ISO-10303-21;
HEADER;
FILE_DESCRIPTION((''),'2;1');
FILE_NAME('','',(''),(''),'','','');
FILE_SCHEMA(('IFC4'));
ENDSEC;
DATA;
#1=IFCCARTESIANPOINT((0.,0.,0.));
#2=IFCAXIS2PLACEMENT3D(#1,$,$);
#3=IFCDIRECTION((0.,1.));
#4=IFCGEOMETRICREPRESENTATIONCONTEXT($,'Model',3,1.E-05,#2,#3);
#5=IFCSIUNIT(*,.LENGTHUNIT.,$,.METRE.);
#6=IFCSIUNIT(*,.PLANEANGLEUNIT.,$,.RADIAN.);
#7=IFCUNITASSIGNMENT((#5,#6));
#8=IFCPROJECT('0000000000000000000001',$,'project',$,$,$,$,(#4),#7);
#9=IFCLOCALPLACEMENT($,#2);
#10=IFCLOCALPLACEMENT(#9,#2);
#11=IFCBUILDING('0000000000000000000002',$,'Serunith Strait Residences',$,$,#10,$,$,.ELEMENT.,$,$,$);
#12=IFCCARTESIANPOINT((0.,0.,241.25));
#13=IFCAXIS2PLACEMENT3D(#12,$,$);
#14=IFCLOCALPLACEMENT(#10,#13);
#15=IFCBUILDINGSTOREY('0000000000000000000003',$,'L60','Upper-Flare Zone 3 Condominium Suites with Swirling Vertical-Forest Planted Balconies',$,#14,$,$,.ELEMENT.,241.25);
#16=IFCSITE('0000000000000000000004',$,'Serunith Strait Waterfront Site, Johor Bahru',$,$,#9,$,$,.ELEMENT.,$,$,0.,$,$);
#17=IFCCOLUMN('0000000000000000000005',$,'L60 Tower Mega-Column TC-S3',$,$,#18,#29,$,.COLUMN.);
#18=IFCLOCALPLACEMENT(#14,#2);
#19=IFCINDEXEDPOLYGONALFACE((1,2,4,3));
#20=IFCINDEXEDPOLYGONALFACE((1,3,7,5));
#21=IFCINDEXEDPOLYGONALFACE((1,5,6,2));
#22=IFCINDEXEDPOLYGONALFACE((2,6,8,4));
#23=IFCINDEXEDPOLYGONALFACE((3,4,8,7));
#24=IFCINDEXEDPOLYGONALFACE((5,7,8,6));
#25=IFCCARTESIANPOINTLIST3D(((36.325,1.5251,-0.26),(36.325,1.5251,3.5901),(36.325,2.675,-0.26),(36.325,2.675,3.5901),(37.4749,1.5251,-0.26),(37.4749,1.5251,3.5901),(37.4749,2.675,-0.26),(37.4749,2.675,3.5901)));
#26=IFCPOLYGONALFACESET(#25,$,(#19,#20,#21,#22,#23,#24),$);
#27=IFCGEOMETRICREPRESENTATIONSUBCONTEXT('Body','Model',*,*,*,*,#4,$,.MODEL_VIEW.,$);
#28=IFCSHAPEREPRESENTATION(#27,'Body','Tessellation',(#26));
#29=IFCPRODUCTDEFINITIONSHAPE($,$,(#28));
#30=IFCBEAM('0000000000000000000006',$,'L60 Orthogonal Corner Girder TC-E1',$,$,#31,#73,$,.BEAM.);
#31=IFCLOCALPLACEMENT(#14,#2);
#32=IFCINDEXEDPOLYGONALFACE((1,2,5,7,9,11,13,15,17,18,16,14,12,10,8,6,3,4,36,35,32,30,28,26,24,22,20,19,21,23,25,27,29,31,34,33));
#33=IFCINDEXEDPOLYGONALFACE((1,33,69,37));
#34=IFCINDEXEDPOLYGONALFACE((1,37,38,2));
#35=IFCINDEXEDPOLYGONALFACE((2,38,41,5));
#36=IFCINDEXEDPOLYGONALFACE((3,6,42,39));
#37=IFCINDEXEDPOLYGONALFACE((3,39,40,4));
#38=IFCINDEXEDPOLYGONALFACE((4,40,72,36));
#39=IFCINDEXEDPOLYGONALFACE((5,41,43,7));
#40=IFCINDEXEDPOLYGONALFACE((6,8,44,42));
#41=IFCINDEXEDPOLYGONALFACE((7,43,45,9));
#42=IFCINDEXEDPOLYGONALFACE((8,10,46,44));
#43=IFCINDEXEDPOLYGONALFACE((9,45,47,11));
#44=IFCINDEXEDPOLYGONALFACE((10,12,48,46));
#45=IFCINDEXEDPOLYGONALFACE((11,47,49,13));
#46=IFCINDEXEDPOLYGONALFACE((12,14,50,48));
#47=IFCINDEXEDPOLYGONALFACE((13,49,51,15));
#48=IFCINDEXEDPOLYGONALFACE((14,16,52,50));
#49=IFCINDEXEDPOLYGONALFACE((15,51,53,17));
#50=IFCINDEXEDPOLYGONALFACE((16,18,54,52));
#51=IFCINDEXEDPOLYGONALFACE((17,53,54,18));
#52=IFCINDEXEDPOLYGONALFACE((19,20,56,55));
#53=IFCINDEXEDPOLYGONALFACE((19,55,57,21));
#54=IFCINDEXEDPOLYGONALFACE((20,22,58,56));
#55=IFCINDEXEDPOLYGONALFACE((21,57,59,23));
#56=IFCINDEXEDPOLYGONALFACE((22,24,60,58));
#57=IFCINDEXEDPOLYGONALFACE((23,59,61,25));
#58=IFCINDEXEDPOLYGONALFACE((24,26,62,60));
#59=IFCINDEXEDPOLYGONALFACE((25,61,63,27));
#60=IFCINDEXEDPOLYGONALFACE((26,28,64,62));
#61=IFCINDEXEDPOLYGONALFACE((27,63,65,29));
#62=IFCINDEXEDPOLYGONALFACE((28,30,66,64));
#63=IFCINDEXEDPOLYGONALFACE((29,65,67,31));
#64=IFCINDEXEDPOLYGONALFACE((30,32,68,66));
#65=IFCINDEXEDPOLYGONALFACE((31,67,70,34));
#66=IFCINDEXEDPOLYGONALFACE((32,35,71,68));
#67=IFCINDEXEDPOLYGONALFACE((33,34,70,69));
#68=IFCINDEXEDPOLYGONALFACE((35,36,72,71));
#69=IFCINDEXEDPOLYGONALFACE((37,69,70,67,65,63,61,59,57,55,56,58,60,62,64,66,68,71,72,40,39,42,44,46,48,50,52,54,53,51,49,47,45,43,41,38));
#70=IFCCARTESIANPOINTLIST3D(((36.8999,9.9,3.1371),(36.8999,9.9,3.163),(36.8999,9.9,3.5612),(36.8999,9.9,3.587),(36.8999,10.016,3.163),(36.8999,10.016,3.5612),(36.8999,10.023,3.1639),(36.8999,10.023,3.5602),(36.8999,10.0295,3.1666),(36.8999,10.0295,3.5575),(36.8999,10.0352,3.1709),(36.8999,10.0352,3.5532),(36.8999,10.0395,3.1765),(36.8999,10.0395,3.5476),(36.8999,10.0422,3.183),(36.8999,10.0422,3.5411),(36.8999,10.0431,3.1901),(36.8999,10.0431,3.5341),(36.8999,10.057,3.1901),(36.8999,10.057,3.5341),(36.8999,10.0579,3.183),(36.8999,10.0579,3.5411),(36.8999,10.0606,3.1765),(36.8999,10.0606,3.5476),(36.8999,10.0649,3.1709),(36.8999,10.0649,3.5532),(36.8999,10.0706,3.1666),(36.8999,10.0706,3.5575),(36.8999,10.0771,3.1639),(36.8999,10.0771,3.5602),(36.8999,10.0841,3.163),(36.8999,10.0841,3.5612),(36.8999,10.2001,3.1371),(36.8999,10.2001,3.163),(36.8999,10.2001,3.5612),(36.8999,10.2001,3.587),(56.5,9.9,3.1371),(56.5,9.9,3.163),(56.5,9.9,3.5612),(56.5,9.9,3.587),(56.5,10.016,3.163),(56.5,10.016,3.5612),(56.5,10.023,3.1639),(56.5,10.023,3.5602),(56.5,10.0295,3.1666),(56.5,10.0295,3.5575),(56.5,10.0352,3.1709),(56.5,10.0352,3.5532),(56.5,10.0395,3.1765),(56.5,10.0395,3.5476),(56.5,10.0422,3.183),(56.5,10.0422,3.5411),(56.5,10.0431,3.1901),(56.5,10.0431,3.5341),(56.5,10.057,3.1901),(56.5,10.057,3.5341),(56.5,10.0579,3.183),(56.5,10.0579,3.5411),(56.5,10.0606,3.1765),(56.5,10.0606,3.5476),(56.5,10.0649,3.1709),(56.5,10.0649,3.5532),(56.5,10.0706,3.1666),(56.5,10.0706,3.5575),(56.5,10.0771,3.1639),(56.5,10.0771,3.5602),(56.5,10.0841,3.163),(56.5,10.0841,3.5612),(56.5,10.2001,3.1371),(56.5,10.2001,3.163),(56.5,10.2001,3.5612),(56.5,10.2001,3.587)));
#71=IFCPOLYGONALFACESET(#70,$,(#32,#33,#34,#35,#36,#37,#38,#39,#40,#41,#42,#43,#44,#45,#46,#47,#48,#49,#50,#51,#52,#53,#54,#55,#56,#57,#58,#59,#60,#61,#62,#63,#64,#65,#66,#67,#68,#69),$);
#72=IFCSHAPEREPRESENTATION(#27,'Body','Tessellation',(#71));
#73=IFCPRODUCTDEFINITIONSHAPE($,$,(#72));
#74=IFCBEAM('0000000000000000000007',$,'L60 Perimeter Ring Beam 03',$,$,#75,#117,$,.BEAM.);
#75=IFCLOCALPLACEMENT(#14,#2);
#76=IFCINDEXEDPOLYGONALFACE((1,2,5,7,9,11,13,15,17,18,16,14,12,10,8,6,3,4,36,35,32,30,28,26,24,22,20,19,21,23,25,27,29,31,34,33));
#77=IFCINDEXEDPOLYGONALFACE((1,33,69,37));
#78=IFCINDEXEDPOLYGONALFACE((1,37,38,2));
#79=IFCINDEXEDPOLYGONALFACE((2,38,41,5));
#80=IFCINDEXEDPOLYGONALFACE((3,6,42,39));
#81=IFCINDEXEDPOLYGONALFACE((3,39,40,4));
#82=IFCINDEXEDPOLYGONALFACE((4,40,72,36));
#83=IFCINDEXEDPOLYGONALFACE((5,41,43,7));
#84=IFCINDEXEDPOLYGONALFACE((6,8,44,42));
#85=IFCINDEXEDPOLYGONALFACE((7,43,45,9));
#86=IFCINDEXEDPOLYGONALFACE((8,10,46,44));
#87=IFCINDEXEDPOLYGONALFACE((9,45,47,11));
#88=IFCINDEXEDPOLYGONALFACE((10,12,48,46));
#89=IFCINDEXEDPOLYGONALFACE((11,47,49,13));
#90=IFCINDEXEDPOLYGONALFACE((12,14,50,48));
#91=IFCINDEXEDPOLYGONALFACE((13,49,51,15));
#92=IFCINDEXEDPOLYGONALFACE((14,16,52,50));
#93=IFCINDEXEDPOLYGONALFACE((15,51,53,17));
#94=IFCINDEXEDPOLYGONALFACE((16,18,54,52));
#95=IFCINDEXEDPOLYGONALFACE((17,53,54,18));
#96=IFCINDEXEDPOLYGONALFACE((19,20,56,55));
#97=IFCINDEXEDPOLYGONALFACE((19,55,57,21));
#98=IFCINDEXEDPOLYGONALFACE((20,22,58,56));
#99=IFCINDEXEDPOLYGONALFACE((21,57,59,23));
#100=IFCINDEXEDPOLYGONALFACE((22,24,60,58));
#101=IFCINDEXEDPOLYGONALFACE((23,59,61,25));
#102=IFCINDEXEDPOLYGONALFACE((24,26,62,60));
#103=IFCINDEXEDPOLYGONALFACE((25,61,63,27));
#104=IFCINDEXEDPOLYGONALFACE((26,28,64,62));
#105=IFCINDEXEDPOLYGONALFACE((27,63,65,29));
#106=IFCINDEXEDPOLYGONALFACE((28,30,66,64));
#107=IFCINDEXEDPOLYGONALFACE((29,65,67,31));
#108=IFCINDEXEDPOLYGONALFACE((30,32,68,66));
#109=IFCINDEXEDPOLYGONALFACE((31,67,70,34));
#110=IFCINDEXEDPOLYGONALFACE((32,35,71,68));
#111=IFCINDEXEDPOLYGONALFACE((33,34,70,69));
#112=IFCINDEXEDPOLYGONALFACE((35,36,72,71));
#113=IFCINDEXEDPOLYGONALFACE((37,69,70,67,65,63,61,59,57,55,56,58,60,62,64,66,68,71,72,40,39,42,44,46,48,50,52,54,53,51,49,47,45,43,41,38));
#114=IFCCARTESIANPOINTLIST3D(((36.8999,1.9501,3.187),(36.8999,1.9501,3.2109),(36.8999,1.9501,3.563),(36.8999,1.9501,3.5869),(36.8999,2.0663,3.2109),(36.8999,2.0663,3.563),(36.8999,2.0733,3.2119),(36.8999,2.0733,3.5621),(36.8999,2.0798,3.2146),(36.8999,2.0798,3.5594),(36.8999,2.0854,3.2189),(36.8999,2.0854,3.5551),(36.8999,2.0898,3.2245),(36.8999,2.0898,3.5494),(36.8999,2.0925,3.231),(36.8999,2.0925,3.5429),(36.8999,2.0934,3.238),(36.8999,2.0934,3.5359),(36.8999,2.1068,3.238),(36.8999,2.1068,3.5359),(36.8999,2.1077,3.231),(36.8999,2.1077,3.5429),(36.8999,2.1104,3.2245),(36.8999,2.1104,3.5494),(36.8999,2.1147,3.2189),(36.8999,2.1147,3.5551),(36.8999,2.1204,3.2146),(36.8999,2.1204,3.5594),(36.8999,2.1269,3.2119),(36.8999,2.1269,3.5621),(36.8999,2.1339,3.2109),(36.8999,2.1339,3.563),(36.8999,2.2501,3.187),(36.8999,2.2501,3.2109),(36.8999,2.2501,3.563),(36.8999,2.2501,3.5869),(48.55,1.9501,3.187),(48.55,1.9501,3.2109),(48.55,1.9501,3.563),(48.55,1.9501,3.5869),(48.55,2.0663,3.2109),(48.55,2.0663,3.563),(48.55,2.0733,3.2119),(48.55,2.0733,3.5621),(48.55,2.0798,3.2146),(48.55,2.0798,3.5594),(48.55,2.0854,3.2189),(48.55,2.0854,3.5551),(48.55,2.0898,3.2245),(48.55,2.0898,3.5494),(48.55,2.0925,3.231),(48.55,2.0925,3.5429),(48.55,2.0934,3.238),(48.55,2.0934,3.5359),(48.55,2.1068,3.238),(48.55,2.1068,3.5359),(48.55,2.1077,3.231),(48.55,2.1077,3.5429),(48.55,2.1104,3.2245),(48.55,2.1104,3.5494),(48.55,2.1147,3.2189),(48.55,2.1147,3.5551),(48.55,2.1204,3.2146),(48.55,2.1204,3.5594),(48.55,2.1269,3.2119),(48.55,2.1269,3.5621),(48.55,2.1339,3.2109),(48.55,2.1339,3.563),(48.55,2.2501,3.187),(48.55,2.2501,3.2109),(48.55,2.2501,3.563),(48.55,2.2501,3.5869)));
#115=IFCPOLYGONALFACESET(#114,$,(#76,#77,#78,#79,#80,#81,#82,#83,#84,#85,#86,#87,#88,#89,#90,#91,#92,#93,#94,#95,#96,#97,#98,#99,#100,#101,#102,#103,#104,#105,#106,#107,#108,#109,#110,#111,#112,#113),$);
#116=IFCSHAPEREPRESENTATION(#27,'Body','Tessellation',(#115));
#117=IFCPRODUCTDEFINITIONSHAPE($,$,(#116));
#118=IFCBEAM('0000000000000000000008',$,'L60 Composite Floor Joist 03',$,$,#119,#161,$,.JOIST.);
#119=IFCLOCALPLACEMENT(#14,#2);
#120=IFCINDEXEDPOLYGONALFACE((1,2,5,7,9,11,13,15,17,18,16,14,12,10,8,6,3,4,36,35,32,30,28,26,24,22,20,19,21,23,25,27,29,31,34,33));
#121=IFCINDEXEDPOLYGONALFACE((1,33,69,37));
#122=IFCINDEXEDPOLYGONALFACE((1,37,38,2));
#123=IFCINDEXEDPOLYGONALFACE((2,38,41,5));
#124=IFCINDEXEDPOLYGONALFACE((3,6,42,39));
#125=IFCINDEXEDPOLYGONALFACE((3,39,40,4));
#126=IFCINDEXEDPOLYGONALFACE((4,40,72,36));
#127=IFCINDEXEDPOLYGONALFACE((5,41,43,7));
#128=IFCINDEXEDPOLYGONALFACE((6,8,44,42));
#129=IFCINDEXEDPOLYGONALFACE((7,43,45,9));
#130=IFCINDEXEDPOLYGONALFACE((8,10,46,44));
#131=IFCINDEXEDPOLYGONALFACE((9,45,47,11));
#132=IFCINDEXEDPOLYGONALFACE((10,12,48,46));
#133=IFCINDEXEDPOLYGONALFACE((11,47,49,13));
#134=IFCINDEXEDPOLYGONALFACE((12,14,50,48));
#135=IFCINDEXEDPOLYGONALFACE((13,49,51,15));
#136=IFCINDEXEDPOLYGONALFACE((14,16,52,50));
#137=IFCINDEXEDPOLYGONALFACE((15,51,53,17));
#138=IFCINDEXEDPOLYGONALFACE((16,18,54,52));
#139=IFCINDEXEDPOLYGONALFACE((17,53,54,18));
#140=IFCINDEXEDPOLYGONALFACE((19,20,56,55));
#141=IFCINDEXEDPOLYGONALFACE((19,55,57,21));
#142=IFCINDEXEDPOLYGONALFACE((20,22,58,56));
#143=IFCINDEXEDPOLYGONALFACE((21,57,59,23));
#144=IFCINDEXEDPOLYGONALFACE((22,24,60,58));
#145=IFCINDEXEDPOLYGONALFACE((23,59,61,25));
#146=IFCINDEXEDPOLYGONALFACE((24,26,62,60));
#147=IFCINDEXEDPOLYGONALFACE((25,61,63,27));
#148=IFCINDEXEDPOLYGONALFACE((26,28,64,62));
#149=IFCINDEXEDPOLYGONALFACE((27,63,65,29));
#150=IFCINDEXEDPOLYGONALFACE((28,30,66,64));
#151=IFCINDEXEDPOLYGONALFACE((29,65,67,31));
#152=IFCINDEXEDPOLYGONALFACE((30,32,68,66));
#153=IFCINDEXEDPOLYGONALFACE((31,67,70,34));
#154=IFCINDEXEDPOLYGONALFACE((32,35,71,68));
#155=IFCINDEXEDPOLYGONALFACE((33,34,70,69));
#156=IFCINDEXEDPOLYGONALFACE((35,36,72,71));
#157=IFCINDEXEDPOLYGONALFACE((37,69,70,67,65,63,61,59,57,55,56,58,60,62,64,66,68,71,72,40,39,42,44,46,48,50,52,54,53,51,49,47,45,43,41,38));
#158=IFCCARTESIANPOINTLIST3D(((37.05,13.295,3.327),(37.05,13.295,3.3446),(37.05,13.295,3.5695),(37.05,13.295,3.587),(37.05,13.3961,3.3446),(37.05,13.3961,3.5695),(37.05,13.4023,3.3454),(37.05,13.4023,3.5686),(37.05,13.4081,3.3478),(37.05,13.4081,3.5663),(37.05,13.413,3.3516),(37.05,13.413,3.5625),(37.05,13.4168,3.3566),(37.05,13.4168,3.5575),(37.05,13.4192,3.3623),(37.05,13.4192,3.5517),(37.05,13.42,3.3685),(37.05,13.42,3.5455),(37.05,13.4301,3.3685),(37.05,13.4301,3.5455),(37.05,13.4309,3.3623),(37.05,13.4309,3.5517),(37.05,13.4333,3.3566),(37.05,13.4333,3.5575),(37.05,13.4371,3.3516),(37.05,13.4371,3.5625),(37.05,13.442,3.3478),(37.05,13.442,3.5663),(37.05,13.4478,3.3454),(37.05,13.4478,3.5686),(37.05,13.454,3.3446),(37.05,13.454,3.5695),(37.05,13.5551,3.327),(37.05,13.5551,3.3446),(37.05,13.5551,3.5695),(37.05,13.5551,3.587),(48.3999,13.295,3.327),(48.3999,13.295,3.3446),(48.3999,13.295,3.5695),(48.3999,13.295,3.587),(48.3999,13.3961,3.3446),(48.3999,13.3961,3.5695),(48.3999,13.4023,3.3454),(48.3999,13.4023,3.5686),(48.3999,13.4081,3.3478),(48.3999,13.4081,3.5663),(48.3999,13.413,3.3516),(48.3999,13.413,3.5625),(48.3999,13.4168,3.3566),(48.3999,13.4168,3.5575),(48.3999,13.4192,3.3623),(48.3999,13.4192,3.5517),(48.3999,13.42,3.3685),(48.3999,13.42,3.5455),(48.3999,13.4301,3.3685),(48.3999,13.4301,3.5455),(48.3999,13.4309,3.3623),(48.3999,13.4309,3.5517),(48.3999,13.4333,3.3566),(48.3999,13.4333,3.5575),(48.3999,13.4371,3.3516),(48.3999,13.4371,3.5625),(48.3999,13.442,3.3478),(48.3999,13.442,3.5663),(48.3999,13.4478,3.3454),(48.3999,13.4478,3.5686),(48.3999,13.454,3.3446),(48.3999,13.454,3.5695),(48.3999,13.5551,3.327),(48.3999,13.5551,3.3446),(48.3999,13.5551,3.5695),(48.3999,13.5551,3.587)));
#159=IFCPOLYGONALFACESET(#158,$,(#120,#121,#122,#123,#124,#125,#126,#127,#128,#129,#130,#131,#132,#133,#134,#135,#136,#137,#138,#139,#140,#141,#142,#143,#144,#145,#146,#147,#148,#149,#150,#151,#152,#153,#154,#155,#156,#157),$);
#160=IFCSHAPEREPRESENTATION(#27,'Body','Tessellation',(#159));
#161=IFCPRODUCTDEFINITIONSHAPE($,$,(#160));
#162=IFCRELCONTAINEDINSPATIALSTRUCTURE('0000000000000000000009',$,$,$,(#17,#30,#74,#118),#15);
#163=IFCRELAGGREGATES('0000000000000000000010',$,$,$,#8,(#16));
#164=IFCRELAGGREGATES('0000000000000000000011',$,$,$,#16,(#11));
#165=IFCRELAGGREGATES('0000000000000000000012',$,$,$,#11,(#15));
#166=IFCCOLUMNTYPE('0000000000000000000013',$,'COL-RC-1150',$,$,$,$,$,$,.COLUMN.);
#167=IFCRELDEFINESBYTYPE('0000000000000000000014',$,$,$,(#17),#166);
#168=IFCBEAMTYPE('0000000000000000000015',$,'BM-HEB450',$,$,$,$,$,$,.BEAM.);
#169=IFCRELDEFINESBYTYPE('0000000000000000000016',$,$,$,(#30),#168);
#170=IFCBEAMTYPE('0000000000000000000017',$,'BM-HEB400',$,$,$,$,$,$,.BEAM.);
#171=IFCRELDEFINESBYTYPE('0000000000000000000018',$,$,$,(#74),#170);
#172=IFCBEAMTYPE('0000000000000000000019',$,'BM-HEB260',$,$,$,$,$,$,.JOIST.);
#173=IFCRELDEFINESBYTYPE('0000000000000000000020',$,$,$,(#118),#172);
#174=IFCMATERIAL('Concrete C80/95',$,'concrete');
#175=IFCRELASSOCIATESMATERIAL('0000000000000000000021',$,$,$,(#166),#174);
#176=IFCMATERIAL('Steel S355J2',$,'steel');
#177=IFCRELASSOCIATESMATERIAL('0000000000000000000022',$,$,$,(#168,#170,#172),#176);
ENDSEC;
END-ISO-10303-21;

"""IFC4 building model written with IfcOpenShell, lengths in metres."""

from ifc_helpers import new_model, si_unit, direction, frame, origin, origin_2d, place, context, subcontext, project, spatial, rectangle, i_section, extrude, source, transform, mapped, material, material_profile, profile_set, type_object, element, save


model = new_model("IFC4")

# Units and contexts
model_context = context("Model", 3, precision=1e-05, world=origin(), true_north=direction((0.0, 1.0)))
body_context = subcontext(model_context, "Body", "Model", "MODEL_VIEW")
ifc_project = project(units=[si_unit("LENGTHUNIT", "METRE"), si_unit("PLANEANGLEUNIT", "RADIAN")], contexts=[model_context])

# Site, building, storey
site_placement = place(None, origin())
site = spatial("IfcSite", under=ifc_project, at=site_placement, Name="Serunith Strait Waterfront Site, Johor Bahru", CompositionType="ELEMENT", RefElevation=0.0)
building_placement = place(site_placement, origin())
building = spatial("IfcBuilding", under=site, at=building_placement, Name="Serunith Strait Residences", CompositionType="ELEMENT")
storey_placement = place(building_placement, frame((0.0, 0.0, 241.25)))
storey = spatial("IfcBuildingStorey", under=building, at=storey_placement, Name="L60", Description="Upper-Flare Zone 3 Condominium Suites with Swirling Vertical-Forest Planted Balconies", CompositionType="ELEMENT", Elevation=241.25)

# Column
ifc_material_1 = material(Name="Concrete C80/95", Category="concrete")
ifc_material_profile_1 = material_profile(ifc_material_1, rectangle(XDim=1.1499, YDim=1.1499, at=origin_2d()), Name="RC 1150x1150")
ifc_profile_set_1 = profile_set([ifc_material_profile_1], Name="Concrete C80/95")
column_type = type_object("IfcColumnType", Name="COL-RC-1150", PredefinedType="COLUMN", material=ifc_profile_set_1)
shared_shape_1 = source(origin(), body_context, "Body", "SweptSolid", [
    extrude(rectangle(XDim=1.1499, YDim=1.1499, at=origin_2d()), origin(), (0.0, 0.0, 1.0), 3.8501),
])
column_placement = place(storey_placement, frame((36.8999, 2.1001, -0.26), z_axis=(0.0, 0.0, 1.0), x_axis=(1.0, 0.0, 0.0)))
element("IfcColumn", 1, at=column_placement, inside=storey, type_object=column_type, Name="L60 Tower Mega-Column TC-S3", PredefinedType="COLUMN", context=body_context, shape_type="MappedRepresentation", body=[
    mapped(shared_shape_1, transform((0.0, 0.0, 0.0), scale=1.0)),
])

# Beams
ifc_material_2 = material(Name="Steel S355J2", Category="steel")
ifc_material_profile_2 = material_profile(ifc_material_2, i_section(OverallWidth=0.3, OverallDepth=0.45, WebThickness=0.0139, FlangeThickness=0.0259, FilletRadius=0.0271, at=origin_2d()), Name="HEB 450")
ifc_profile_set_2 = profile_set([ifc_material_profile_2], Name="Steel S355J2")
beam_type_1 = type_object("IfcBeamType", Name="BM-HEB450", PredefinedType="BEAM", material=ifc_profile_set_2)
shared_shape_2 = source(origin(), body_context, "Body", "SweptSolid", [
    extrude(i_section(OverallWidth=0.3, OverallDepth=0.45, WebThickness=0.0139, FlangeThickness=0.0259, FilletRadius=0.0271, at=origin_2d()), origin(), (0.0, 0.0, 1.0), 19.6001),
])
beam_1_placement = place(storey_placement, frame((36.8999, 10.05, 3.3621), z_axis=(1.0, 0.0, 0.0), x_axis=(0.0, 1.0, 0.0)))
element("IfcBeam", 2, at=beam_1_placement, inside=storey, type_object=beam_type_1, Name="L60 Orthogonal Corner Girder TC-E1", PredefinedType="BEAM", context=body_context, shape_type="MappedRepresentation", body=[
    mapped(shared_shape_2, transform((0.0, 0.0, 0.0), scale=1.0)),
])
ifc_material_profile_3 = material_profile(ifc_material_2, i_section(OverallWidth=0.3, OverallDepth=0.3999, WebThickness=0.0134, FlangeThickness=0.0239, FilletRadius=0.0271, at=origin_2d()), Name="HEB 400")
ifc_profile_set_3 = profile_set([ifc_material_profile_3], Name="Steel S355J2")
beam_type_2 = type_object("IfcBeamType", Name="BM-HEB400", PredefinedType="BEAM", material=ifc_profile_set_3)
shared_shape_3 = source(origin(), body_context, "Body", "SweptSolid", [
    extrude(i_section(OverallWidth=0.3, OverallDepth=0.3999, WebThickness=0.0134, FlangeThickness=0.0239, FilletRadius=0.0271, at=origin_2d()), origin(), (0.0, 0.0, 1.0), 11.6501),
])
beam_2_placement = place(storey_placement, frame((36.8999, 2.1001, 3.387), z_axis=(1.0, 0.0, 0.0), x_axis=(0.0, 1.0, 0.0)))
element("IfcBeam", 3, at=beam_2_placement, inside=storey, type_object=beam_type_2, Name="L60 Perimeter Ring Beam 03", PredefinedType="BEAM", context=body_context, shape_type="MappedRepresentation", body=[
    mapped(shared_shape_3, transform((0.0, 0.0, 0.0), scale=1.0)),
])
ifc_material_profile_4 = material_profile(ifc_material_2, i_section(OverallWidth=0.26, OverallDepth=0.26, WebThickness=0.01, FlangeThickness=0.0176, FilletRadius=0.0239, at=origin_2d()), Name="HEB 260")
ifc_profile_set_4 = profile_set([ifc_material_profile_4], Name="Steel S355J2")
beam_type_3 = type_object("IfcBeamType", Name="BM-HEB260", PredefinedType="JOIST", material=ifc_profile_set_4)
shared_shape_4 = source(origin(), body_context, "Body", "SweptSolid", [
    extrude(i_section(OverallWidth=0.26, OverallDepth=0.26, WebThickness=0.01, FlangeThickness=0.0176, FilletRadius=0.0239, at=origin_2d()), origin(), (0.0, 0.0, 1.0), 11.3499),
])
beam_3_placement = place(storey_placement, frame((37.05, 13.425, 3.457), z_axis=(1.0, 0.0, 0.0), x_axis=(0.0, 1.0, 0.0)))
element("IfcBeam", 4, at=beam_3_placement, inside=storey, type_object=beam_type_3, Name="L60 Composite Floor Joist 03", PredefinedType="JOIST", context=body_context, shape_type="MappedRepresentation", body=[
    mapped(shared_shape_4, transform((0.0, 0.0, 0.0), scale=1.0)),
])

save(model, "model.ifc")
